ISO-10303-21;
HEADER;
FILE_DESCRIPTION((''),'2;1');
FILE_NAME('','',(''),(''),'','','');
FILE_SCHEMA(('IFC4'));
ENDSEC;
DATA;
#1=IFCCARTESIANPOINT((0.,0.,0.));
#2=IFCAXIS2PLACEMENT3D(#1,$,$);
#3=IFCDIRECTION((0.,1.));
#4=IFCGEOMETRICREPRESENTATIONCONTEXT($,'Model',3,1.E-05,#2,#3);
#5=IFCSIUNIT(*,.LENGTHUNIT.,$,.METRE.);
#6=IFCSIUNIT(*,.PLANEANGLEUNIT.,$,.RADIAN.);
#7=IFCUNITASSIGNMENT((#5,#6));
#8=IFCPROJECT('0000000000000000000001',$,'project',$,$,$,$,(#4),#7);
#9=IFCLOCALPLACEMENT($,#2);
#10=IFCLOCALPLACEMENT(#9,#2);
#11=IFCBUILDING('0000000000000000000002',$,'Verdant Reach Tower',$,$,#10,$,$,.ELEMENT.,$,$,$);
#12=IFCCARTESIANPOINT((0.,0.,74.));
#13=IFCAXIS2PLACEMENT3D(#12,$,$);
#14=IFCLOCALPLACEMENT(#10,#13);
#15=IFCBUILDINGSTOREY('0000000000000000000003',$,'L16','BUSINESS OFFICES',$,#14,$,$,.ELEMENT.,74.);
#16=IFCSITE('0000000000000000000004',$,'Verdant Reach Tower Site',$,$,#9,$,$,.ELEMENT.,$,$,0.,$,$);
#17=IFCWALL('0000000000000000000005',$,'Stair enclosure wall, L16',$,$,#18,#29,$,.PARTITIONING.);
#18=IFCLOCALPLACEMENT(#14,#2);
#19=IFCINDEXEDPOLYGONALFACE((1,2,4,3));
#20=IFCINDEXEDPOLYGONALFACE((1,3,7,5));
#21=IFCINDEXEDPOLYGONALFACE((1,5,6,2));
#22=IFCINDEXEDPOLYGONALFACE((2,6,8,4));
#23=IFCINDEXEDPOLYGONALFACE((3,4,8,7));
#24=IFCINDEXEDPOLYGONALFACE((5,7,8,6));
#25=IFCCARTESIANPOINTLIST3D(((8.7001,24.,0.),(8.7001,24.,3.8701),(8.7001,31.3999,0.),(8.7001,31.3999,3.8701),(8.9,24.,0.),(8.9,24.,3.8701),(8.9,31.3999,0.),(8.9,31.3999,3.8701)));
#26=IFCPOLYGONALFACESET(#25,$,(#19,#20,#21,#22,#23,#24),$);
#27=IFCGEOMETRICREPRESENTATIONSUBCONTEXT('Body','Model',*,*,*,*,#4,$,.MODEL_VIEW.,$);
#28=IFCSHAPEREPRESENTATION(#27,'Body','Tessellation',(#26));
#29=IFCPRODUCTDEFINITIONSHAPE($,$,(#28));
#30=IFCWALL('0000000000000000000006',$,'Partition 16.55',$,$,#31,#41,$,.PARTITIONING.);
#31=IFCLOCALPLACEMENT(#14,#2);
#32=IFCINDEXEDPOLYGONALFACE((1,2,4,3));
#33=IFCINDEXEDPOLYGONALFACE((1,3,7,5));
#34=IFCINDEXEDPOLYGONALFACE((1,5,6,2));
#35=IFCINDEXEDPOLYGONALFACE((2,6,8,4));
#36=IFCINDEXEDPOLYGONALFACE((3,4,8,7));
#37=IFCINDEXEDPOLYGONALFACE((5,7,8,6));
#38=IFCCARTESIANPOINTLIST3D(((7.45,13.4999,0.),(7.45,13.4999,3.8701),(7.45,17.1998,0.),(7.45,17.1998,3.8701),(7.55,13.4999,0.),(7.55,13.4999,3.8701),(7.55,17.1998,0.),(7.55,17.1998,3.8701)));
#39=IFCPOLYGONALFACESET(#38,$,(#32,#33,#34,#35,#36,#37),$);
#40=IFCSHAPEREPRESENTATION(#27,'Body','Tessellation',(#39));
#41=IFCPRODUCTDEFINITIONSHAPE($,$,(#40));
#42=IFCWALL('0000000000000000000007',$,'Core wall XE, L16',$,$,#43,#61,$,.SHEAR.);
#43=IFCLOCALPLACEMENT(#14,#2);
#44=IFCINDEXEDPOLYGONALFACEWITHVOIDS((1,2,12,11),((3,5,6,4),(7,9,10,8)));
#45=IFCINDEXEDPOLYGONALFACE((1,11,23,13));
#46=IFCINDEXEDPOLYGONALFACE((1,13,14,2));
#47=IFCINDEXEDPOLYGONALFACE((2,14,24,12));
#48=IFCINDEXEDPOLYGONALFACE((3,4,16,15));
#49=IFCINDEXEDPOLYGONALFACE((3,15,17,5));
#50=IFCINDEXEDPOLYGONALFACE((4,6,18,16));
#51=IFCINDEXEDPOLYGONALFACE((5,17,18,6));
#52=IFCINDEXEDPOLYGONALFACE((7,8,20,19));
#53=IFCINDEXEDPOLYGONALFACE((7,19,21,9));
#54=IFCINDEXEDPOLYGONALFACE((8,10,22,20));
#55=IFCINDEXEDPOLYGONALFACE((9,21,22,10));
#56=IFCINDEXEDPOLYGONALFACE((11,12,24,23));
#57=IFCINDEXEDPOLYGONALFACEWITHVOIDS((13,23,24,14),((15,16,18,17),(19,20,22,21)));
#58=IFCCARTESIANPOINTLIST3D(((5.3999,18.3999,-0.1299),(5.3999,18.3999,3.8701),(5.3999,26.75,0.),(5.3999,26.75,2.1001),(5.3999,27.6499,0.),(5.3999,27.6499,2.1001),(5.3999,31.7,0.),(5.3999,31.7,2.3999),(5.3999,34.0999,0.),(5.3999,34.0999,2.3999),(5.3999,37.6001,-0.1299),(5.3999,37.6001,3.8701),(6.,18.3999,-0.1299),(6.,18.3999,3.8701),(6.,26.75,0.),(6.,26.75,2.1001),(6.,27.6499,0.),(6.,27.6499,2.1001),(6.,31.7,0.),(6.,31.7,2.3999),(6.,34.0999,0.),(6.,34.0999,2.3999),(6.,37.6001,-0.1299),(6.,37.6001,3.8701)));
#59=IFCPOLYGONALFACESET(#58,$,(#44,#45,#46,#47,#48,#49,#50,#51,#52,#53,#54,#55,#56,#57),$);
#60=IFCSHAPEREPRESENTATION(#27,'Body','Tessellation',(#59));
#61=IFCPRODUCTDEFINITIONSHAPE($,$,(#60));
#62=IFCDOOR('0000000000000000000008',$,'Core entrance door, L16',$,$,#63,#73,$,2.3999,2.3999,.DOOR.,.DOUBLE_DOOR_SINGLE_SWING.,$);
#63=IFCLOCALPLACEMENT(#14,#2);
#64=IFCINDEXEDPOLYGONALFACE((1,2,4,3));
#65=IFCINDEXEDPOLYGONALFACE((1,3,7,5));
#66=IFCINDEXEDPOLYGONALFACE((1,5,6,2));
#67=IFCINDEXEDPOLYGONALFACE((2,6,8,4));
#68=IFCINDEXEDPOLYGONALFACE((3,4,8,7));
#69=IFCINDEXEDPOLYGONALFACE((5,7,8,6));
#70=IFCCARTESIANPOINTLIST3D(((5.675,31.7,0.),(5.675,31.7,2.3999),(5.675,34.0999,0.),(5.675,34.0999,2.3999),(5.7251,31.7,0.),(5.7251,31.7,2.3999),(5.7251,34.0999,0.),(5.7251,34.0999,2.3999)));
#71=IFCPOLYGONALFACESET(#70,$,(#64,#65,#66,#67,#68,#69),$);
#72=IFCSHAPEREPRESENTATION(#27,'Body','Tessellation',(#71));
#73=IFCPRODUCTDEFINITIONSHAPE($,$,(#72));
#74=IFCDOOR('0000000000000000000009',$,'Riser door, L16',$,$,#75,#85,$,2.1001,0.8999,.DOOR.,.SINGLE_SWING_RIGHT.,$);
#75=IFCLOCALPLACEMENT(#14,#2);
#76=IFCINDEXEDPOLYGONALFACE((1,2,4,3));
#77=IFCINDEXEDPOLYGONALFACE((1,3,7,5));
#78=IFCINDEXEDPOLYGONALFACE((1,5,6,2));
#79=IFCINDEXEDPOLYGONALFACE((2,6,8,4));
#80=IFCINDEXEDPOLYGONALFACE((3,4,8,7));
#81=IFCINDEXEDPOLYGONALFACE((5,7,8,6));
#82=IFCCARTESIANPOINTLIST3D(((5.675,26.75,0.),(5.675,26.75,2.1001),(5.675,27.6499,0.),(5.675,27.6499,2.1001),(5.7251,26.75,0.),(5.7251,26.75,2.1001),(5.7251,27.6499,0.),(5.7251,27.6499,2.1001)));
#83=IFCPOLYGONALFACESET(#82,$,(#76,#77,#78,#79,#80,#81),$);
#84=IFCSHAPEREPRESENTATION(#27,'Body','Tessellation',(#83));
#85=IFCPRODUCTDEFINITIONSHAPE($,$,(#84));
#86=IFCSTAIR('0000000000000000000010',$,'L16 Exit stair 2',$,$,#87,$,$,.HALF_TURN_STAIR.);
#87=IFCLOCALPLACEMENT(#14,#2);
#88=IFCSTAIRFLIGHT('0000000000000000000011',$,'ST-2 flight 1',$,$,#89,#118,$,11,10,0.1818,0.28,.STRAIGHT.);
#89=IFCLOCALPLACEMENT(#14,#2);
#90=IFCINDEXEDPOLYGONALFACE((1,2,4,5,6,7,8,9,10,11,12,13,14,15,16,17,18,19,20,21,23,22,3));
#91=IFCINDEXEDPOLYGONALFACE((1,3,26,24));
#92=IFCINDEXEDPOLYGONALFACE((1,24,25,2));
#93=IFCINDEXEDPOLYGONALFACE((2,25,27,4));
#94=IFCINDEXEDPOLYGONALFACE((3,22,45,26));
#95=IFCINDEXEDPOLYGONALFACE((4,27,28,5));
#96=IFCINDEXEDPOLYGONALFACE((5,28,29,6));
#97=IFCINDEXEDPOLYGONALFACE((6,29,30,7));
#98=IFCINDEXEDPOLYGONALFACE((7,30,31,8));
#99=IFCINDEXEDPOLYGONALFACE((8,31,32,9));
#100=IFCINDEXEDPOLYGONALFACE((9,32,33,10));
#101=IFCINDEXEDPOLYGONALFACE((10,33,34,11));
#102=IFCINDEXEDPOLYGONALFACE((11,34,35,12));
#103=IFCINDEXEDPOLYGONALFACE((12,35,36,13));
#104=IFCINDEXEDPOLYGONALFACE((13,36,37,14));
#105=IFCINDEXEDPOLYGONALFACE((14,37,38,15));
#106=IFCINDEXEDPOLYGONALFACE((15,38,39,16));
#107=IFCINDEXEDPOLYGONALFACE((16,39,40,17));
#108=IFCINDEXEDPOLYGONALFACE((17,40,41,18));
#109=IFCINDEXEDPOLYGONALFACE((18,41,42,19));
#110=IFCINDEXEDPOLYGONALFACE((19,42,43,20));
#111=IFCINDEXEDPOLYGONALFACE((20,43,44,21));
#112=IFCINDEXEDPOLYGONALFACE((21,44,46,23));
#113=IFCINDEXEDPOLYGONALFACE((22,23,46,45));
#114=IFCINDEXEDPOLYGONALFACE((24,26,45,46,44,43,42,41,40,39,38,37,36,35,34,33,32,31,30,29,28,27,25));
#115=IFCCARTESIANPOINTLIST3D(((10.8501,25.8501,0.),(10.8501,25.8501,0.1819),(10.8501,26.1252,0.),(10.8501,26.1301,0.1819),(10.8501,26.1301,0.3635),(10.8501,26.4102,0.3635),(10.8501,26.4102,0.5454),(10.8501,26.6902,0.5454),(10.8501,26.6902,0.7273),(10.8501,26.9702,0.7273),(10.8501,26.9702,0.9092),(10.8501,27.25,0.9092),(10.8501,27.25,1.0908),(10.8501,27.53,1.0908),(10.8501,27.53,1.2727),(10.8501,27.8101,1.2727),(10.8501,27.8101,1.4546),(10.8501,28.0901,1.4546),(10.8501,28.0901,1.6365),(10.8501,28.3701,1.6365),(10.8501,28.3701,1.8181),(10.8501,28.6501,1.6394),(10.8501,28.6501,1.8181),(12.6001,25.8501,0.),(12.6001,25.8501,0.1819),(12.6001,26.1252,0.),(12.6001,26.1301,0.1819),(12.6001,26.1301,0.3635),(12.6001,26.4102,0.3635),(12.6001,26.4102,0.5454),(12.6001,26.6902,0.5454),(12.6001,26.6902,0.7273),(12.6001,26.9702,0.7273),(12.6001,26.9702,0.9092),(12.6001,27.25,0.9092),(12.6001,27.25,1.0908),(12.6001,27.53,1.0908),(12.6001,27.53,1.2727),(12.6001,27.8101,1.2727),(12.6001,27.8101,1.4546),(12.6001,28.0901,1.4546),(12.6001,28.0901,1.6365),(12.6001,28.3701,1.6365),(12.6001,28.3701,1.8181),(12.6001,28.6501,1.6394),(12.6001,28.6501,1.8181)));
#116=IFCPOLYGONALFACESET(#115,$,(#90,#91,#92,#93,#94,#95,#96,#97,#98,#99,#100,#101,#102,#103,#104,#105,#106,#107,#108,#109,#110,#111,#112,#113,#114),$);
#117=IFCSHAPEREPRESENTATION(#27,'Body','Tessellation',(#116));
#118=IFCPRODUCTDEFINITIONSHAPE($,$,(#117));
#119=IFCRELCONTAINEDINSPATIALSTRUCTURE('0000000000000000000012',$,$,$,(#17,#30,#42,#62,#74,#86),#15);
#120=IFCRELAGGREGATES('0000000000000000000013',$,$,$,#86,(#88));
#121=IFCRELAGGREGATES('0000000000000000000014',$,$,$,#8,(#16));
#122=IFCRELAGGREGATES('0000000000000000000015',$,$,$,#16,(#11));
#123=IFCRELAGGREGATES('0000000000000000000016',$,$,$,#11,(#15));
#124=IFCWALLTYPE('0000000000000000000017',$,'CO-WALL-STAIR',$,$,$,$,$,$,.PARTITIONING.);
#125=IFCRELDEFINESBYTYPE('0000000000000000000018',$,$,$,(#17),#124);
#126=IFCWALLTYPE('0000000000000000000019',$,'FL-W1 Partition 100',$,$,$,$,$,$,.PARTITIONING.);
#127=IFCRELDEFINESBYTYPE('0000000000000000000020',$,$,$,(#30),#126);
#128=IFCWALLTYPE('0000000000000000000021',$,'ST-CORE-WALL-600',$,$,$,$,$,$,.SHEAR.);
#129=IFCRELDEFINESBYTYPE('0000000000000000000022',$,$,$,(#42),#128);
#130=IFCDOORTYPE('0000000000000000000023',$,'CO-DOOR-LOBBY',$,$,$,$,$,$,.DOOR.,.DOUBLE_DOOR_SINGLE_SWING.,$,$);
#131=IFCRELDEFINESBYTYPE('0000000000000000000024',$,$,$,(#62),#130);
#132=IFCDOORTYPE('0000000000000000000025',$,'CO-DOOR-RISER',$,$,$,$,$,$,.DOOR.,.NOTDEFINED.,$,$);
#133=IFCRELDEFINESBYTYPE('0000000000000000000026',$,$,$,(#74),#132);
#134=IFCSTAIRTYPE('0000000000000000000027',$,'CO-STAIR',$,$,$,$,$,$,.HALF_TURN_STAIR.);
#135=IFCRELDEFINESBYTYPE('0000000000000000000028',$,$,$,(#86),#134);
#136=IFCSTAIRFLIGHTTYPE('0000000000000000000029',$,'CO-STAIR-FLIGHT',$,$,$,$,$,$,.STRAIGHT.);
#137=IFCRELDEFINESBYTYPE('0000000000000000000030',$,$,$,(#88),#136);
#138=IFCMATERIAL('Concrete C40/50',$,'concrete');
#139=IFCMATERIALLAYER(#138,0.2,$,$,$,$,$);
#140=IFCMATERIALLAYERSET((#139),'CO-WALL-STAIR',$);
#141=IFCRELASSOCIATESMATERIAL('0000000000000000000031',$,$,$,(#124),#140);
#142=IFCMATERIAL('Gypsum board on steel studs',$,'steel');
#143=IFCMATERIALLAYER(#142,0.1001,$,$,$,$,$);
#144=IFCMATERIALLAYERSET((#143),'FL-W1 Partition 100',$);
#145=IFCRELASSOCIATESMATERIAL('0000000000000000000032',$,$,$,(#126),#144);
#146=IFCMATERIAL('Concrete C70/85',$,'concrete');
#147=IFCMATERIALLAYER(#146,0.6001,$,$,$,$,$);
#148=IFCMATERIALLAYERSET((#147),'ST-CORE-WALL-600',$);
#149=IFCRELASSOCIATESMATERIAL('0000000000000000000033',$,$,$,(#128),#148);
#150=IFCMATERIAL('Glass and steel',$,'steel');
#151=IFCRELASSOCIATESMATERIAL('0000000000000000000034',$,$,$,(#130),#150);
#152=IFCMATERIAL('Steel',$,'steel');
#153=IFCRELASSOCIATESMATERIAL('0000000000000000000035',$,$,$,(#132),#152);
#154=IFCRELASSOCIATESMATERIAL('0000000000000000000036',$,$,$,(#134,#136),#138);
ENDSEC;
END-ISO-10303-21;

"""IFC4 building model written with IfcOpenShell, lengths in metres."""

from ifc_helpers import new_model, si_unit, direction, frame, frame_2d, origin, place, context, subcontext, project, spatial, polyline, rectangle, outline, extrude, material, layer, layer_set, type_object, element, fill, aggregate, save


model = new_model("IFC4")

# Units and contexts
model_context = context("Model", 3, precision=1e-05, world=origin(), true_north=direction((0.0, 1.0)))
body_context = subcontext(model_context, "Body", "Model", "MODEL_VIEW")
ifc_project = project(units=[si_unit("LENGTHUNIT", "METRE"), si_unit("PLANEANGLEUNIT", "RADIAN")], contexts=[model_context])

# Site, building, storey
site_placement = place(None, origin())
site = spatial("IfcSite", under=ifc_project, at=site_placement, Name="Verdant Reach Tower Site", CompositionType="ELEMENT", RefElevation=0.0)
building_placement = place(site_placement, origin())
building = spatial("IfcBuilding", under=site, at=building_placement, Name="Verdant Reach Tower", CompositionType="ELEMENT")
storey_placement = place(building_placement, frame((0.0, 0.0, 74.0)))
storey = spatial("IfcBuildingStorey", under=building, at=storey_placement, Name="L16", Description="BUSINESS OFFICES", CompositionType="ELEMENT", Elevation=74.0)

# Shared definitions
ifc_material_1 = material(Name="Gypsum board on steel studs", Category="steel")

# Shared definitions
ifc_material_2 = material(Name="Concrete C40/50", Category="concrete")

# Shared definitions
ifc_layer_1 = layer(ifc_material_2, 0.2)
ifc_layer_set_1 = layer_set([ifc_layer_1], Name="CO-WALL-STAIR")
wall_type_1 = type_object("IfcWallType", Name="CO-WALL-STAIR", PredefinedType="PARTITIONING", material=ifc_layer_set_1)
ifc_material_3 = material(Name="Steel", Category="steel")

# Walls
wall_1_placement = place(storey_placement, frame((8.8, 24.0, 0.0), z_axis=(0.0, 0.0, 1.0), x_axis=(0.0, 1.0, 0.0)))
element("IfcWall", 1, at=wall_1_placement, inside=storey, type_object=wall_type_1, Name="Stair enclosure wall, L16", PredefinedType="PARTITIONING", context=body_context, shape_type="SweptSolid", body=[
    extrude(rectangle(XDim=7.3999, YDim=0.2, at=frame_2d((3.7, 0.0))), origin(), (0.0, 0.0, 1.0), 3.8701),
])
ifc_layer_2 = layer(ifc_material_1, 0.1001)
ifc_layer_set_2 = layer_set([ifc_layer_2], Name="FL-W1 Partition 100")
wall_type_2 = type_object("IfcWallType", Name="FL-W1 Partition 100", PredefinedType="PARTITIONING", material=ifc_layer_set_2)
wall_2_placement = place(storey_placement, frame((7.5, 17.2, 0.0), z_axis=(0.0, 0.0, 1.0), x_axis=(0.0, -1.0, 0.0)))
element("IfcWall", 2, at=wall_2_placement, inside=storey, type_object=wall_type_2, Name="Partition 16.55", PredefinedType="PARTITIONING", context=body_context, shape_type="SweptSolid", body=[
    extrude(rectangle(XDim=3.7, YDim=0.1001, at=frame_2d((1.8501, 0.0))), origin(), (0.0, 0.0, 1.0), 3.8701),
])

# Wall, openings, doors
ifc_material_4 = material(Name="Concrete C70/85", Category="concrete")
ifc_layer_3 = layer(ifc_material_4, 0.6001)
ifc_layer_set_3 = layer_set([ifc_layer_3], Name="ST-CORE-WALL-600")
wall_type_3 = type_object("IfcWallType", Name="ST-CORE-WALL-600", PredefinedType="SHEAR", material=ifc_layer_set_3)
wall_3_placement = place(storey_placement, frame((5.7, 18.3999, -0.1299), z_axis=(0.0, 0.0, 1.0), x_axis=(0.0, 1.0, 0.0)))
wall_3 = element("IfcWall", 3, at=wall_3_placement, inside=storey, type_object=wall_type_3, Name="Core wall XE, L16", PredefinedType="SHEAR", context=body_context, shape_type="SweptSolid", body=[
    extrude(rectangle(XDim=19.2002, YDim=0.6001, at=frame_2d((9.6001, 0.0))), origin(), (0.0, 0.0, 1.0), 4.0),
])
opening_1_placement = place(wall_3_placement, frame((8.3501, 0.0, 0.1299)))
opening_1 = element("IfcOpeningElement", 4, at=opening_1_placement, cuts=wall_3, PredefinedType="OPENING", context=body_context, shape_type="SweptSolid", body=[
    extrude(rectangle(XDim=0.8999, YDim=2.1001, at=frame_2d((0.45, 1.05))), frame((0.0, 0.3101, 0.0), z_axis=(0.0, -1.0, 0.0), x_axis=(1.0, 0.0, 0.0)), (0.0, 0.0, 1.0), 0.6201),
])
opening_2_placement = place(wall_3_placement, frame((13.3, 0.0, 0.1299)))
opening_2 = element("IfcOpeningElement", 5, at=opening_2_placement, cuts=wall_3, PredefinedType="OPENING", context=body_context, shape_type="SweptSolid", body=[
    extrude(rectangle(XDim=2.3999, YDim=2.3999, at=frame_2d((1.2, 1.2))), frame((0.0, 0.3101, 0.0), z_axis=(0.0, -1.0, 0.0), x_axis=(1.0, 0.0, 0.0)), (0.0, 0.0, 1.0), 0.6201),
])
ifc_material_5 = material(Name="Glass and steel", Category="steel")
door_type_1 = type_object("IfcDoorType", Name="CO-DOOR-LOBBY", OperationType="DOUBLE_DOOR_SINGLE_SWING", PredefinedType="DOOR", material=ifc_material_5)
door_1_placement = place(opening_2_placement, origin())
door_1 = element("IfcDoor", 6, at=door_1_placement, inside=storey, type_object=door_type_1, Name="Core entrance door, L16", OperationType="DOUBLE_DOOR_SINGLE_SWING", OverallHeight=2.3999, OverallWidth=2.3999, PredefinedType="DOOR", context=body_context, shape_type="SweptSolid", body=[
    extrude(rectangle(XDim=2.3999, YDim=2.3999, at=frame_2d((1.2, 1.2))), frame((0.0, 0.0249, 0.0), z_axis=(0.0, -1.0, 0.0), x_axis=(1.0, 0.0, 0.0)), (0.0, 0.0, 1.0), 0.05),
])
fill(opening_2, door_1)
door_type_2 = type_object("IfcDoorType", Name="CO-DOOR-RISER", OperationType="NOTDEFINED", PredefinedType="DOOR", material=ifc_material_3)
door_2_placement = place(opening_1_placement, origin())
door_2 = element("IfcDoor", 7, at=door_2_placement, inside=storey, type_object=door_type_2, Name="Riser door, L16", OperationType="SINGLE_SWING_RIGHT", OverallHeight=2.1001, OverallWidth=0.8999, PredefinedType="DOOR", context=body_context, shape_type="SweptSolid", body=[
    extrude(rectangle(XDim=0.8999, YDim=2.1001, at=frame_2d((0.45, 1.05))), frame((0.0, 0.0249, 0.0), z_axis=(0.0, -1.0, 0.0), x_axis=(1.0, 0.0, 0.0)), (0.0, 0.0, 1.0), 0.05),
])
fill(opening_1, door_2)

# Stair, stair flight
stair_type = type_object("IfcStairType", Name="CO-STAIR", PredefinedType="HALF_TURN_STAIR", material=ifc_material_2)
stair_placement = place(storey_placement, origin())
stair = element("IfcStair", 8, at=stair_placement, inside=storey, type_object=stair_type, Name="L16 Exit stair 2", PredefinedType="HALF_TURN_STAIR")
stair_flight_type = type_object("IfcStairFlightType", Name="CO-STAIR-FLIGHT", PredefinedType="STRAIGHT", material=ifc_material_2)
stair_flight_placement = place(storey_placement, frame((11.7251, 25.8501, 0.0), z_axis=(0.0, 0.0, 1.0), x_axis=(0.0, 1.0, 0.0)))
stair_flight = element("IfcStairFlight", 9, at=stair_flight_placement, type_object=stair_flight_type, Name="ST-2 flight 1", NumberOfRisers=11, NumberOfTreads=10, PredefinedType="STRAIGHT", RiserHeight=0.1818, TreadLength=0.28, context=body_context, shape_type="SweptSolid", body=[
    extrude(outline(polyline([(0.0, 0.0), (0.0, 0.1819), (0.28, 0.1819), (0.28, 0.3635), (0.5601, 0.3635), (0.5601, 0.5454), (0.8401, 0.5454), (0.8401, 0.7273), (1.1201, 0.7273), (1.1201, 0.9092), (1.3999, 0.9092), (1.3999, 1.0908), (1.6799, 1.0908), (1.6799, 1.2727), (1.96, 1.2727), (1.96, 1.4546), (2.24, 1.4546), (2.24, 1.6365), (2.52, 1.6365), (2.52, 1.8181), (2.8, 1.8181), (2.8, 2.0), (2.8, 1.6394), (0.2751, 0.0), (0.0, 0.0)])), frame((0.0, 0.875, 0.0), z_axis=(0.0, -1.0, 0.0), x_axis=(1.0, 0.0, 0.0)), (0.0, 0.0, 1.0), 1.75),
])
aggregate(stair, [stair_flight])

save(model, "model.ifc")
